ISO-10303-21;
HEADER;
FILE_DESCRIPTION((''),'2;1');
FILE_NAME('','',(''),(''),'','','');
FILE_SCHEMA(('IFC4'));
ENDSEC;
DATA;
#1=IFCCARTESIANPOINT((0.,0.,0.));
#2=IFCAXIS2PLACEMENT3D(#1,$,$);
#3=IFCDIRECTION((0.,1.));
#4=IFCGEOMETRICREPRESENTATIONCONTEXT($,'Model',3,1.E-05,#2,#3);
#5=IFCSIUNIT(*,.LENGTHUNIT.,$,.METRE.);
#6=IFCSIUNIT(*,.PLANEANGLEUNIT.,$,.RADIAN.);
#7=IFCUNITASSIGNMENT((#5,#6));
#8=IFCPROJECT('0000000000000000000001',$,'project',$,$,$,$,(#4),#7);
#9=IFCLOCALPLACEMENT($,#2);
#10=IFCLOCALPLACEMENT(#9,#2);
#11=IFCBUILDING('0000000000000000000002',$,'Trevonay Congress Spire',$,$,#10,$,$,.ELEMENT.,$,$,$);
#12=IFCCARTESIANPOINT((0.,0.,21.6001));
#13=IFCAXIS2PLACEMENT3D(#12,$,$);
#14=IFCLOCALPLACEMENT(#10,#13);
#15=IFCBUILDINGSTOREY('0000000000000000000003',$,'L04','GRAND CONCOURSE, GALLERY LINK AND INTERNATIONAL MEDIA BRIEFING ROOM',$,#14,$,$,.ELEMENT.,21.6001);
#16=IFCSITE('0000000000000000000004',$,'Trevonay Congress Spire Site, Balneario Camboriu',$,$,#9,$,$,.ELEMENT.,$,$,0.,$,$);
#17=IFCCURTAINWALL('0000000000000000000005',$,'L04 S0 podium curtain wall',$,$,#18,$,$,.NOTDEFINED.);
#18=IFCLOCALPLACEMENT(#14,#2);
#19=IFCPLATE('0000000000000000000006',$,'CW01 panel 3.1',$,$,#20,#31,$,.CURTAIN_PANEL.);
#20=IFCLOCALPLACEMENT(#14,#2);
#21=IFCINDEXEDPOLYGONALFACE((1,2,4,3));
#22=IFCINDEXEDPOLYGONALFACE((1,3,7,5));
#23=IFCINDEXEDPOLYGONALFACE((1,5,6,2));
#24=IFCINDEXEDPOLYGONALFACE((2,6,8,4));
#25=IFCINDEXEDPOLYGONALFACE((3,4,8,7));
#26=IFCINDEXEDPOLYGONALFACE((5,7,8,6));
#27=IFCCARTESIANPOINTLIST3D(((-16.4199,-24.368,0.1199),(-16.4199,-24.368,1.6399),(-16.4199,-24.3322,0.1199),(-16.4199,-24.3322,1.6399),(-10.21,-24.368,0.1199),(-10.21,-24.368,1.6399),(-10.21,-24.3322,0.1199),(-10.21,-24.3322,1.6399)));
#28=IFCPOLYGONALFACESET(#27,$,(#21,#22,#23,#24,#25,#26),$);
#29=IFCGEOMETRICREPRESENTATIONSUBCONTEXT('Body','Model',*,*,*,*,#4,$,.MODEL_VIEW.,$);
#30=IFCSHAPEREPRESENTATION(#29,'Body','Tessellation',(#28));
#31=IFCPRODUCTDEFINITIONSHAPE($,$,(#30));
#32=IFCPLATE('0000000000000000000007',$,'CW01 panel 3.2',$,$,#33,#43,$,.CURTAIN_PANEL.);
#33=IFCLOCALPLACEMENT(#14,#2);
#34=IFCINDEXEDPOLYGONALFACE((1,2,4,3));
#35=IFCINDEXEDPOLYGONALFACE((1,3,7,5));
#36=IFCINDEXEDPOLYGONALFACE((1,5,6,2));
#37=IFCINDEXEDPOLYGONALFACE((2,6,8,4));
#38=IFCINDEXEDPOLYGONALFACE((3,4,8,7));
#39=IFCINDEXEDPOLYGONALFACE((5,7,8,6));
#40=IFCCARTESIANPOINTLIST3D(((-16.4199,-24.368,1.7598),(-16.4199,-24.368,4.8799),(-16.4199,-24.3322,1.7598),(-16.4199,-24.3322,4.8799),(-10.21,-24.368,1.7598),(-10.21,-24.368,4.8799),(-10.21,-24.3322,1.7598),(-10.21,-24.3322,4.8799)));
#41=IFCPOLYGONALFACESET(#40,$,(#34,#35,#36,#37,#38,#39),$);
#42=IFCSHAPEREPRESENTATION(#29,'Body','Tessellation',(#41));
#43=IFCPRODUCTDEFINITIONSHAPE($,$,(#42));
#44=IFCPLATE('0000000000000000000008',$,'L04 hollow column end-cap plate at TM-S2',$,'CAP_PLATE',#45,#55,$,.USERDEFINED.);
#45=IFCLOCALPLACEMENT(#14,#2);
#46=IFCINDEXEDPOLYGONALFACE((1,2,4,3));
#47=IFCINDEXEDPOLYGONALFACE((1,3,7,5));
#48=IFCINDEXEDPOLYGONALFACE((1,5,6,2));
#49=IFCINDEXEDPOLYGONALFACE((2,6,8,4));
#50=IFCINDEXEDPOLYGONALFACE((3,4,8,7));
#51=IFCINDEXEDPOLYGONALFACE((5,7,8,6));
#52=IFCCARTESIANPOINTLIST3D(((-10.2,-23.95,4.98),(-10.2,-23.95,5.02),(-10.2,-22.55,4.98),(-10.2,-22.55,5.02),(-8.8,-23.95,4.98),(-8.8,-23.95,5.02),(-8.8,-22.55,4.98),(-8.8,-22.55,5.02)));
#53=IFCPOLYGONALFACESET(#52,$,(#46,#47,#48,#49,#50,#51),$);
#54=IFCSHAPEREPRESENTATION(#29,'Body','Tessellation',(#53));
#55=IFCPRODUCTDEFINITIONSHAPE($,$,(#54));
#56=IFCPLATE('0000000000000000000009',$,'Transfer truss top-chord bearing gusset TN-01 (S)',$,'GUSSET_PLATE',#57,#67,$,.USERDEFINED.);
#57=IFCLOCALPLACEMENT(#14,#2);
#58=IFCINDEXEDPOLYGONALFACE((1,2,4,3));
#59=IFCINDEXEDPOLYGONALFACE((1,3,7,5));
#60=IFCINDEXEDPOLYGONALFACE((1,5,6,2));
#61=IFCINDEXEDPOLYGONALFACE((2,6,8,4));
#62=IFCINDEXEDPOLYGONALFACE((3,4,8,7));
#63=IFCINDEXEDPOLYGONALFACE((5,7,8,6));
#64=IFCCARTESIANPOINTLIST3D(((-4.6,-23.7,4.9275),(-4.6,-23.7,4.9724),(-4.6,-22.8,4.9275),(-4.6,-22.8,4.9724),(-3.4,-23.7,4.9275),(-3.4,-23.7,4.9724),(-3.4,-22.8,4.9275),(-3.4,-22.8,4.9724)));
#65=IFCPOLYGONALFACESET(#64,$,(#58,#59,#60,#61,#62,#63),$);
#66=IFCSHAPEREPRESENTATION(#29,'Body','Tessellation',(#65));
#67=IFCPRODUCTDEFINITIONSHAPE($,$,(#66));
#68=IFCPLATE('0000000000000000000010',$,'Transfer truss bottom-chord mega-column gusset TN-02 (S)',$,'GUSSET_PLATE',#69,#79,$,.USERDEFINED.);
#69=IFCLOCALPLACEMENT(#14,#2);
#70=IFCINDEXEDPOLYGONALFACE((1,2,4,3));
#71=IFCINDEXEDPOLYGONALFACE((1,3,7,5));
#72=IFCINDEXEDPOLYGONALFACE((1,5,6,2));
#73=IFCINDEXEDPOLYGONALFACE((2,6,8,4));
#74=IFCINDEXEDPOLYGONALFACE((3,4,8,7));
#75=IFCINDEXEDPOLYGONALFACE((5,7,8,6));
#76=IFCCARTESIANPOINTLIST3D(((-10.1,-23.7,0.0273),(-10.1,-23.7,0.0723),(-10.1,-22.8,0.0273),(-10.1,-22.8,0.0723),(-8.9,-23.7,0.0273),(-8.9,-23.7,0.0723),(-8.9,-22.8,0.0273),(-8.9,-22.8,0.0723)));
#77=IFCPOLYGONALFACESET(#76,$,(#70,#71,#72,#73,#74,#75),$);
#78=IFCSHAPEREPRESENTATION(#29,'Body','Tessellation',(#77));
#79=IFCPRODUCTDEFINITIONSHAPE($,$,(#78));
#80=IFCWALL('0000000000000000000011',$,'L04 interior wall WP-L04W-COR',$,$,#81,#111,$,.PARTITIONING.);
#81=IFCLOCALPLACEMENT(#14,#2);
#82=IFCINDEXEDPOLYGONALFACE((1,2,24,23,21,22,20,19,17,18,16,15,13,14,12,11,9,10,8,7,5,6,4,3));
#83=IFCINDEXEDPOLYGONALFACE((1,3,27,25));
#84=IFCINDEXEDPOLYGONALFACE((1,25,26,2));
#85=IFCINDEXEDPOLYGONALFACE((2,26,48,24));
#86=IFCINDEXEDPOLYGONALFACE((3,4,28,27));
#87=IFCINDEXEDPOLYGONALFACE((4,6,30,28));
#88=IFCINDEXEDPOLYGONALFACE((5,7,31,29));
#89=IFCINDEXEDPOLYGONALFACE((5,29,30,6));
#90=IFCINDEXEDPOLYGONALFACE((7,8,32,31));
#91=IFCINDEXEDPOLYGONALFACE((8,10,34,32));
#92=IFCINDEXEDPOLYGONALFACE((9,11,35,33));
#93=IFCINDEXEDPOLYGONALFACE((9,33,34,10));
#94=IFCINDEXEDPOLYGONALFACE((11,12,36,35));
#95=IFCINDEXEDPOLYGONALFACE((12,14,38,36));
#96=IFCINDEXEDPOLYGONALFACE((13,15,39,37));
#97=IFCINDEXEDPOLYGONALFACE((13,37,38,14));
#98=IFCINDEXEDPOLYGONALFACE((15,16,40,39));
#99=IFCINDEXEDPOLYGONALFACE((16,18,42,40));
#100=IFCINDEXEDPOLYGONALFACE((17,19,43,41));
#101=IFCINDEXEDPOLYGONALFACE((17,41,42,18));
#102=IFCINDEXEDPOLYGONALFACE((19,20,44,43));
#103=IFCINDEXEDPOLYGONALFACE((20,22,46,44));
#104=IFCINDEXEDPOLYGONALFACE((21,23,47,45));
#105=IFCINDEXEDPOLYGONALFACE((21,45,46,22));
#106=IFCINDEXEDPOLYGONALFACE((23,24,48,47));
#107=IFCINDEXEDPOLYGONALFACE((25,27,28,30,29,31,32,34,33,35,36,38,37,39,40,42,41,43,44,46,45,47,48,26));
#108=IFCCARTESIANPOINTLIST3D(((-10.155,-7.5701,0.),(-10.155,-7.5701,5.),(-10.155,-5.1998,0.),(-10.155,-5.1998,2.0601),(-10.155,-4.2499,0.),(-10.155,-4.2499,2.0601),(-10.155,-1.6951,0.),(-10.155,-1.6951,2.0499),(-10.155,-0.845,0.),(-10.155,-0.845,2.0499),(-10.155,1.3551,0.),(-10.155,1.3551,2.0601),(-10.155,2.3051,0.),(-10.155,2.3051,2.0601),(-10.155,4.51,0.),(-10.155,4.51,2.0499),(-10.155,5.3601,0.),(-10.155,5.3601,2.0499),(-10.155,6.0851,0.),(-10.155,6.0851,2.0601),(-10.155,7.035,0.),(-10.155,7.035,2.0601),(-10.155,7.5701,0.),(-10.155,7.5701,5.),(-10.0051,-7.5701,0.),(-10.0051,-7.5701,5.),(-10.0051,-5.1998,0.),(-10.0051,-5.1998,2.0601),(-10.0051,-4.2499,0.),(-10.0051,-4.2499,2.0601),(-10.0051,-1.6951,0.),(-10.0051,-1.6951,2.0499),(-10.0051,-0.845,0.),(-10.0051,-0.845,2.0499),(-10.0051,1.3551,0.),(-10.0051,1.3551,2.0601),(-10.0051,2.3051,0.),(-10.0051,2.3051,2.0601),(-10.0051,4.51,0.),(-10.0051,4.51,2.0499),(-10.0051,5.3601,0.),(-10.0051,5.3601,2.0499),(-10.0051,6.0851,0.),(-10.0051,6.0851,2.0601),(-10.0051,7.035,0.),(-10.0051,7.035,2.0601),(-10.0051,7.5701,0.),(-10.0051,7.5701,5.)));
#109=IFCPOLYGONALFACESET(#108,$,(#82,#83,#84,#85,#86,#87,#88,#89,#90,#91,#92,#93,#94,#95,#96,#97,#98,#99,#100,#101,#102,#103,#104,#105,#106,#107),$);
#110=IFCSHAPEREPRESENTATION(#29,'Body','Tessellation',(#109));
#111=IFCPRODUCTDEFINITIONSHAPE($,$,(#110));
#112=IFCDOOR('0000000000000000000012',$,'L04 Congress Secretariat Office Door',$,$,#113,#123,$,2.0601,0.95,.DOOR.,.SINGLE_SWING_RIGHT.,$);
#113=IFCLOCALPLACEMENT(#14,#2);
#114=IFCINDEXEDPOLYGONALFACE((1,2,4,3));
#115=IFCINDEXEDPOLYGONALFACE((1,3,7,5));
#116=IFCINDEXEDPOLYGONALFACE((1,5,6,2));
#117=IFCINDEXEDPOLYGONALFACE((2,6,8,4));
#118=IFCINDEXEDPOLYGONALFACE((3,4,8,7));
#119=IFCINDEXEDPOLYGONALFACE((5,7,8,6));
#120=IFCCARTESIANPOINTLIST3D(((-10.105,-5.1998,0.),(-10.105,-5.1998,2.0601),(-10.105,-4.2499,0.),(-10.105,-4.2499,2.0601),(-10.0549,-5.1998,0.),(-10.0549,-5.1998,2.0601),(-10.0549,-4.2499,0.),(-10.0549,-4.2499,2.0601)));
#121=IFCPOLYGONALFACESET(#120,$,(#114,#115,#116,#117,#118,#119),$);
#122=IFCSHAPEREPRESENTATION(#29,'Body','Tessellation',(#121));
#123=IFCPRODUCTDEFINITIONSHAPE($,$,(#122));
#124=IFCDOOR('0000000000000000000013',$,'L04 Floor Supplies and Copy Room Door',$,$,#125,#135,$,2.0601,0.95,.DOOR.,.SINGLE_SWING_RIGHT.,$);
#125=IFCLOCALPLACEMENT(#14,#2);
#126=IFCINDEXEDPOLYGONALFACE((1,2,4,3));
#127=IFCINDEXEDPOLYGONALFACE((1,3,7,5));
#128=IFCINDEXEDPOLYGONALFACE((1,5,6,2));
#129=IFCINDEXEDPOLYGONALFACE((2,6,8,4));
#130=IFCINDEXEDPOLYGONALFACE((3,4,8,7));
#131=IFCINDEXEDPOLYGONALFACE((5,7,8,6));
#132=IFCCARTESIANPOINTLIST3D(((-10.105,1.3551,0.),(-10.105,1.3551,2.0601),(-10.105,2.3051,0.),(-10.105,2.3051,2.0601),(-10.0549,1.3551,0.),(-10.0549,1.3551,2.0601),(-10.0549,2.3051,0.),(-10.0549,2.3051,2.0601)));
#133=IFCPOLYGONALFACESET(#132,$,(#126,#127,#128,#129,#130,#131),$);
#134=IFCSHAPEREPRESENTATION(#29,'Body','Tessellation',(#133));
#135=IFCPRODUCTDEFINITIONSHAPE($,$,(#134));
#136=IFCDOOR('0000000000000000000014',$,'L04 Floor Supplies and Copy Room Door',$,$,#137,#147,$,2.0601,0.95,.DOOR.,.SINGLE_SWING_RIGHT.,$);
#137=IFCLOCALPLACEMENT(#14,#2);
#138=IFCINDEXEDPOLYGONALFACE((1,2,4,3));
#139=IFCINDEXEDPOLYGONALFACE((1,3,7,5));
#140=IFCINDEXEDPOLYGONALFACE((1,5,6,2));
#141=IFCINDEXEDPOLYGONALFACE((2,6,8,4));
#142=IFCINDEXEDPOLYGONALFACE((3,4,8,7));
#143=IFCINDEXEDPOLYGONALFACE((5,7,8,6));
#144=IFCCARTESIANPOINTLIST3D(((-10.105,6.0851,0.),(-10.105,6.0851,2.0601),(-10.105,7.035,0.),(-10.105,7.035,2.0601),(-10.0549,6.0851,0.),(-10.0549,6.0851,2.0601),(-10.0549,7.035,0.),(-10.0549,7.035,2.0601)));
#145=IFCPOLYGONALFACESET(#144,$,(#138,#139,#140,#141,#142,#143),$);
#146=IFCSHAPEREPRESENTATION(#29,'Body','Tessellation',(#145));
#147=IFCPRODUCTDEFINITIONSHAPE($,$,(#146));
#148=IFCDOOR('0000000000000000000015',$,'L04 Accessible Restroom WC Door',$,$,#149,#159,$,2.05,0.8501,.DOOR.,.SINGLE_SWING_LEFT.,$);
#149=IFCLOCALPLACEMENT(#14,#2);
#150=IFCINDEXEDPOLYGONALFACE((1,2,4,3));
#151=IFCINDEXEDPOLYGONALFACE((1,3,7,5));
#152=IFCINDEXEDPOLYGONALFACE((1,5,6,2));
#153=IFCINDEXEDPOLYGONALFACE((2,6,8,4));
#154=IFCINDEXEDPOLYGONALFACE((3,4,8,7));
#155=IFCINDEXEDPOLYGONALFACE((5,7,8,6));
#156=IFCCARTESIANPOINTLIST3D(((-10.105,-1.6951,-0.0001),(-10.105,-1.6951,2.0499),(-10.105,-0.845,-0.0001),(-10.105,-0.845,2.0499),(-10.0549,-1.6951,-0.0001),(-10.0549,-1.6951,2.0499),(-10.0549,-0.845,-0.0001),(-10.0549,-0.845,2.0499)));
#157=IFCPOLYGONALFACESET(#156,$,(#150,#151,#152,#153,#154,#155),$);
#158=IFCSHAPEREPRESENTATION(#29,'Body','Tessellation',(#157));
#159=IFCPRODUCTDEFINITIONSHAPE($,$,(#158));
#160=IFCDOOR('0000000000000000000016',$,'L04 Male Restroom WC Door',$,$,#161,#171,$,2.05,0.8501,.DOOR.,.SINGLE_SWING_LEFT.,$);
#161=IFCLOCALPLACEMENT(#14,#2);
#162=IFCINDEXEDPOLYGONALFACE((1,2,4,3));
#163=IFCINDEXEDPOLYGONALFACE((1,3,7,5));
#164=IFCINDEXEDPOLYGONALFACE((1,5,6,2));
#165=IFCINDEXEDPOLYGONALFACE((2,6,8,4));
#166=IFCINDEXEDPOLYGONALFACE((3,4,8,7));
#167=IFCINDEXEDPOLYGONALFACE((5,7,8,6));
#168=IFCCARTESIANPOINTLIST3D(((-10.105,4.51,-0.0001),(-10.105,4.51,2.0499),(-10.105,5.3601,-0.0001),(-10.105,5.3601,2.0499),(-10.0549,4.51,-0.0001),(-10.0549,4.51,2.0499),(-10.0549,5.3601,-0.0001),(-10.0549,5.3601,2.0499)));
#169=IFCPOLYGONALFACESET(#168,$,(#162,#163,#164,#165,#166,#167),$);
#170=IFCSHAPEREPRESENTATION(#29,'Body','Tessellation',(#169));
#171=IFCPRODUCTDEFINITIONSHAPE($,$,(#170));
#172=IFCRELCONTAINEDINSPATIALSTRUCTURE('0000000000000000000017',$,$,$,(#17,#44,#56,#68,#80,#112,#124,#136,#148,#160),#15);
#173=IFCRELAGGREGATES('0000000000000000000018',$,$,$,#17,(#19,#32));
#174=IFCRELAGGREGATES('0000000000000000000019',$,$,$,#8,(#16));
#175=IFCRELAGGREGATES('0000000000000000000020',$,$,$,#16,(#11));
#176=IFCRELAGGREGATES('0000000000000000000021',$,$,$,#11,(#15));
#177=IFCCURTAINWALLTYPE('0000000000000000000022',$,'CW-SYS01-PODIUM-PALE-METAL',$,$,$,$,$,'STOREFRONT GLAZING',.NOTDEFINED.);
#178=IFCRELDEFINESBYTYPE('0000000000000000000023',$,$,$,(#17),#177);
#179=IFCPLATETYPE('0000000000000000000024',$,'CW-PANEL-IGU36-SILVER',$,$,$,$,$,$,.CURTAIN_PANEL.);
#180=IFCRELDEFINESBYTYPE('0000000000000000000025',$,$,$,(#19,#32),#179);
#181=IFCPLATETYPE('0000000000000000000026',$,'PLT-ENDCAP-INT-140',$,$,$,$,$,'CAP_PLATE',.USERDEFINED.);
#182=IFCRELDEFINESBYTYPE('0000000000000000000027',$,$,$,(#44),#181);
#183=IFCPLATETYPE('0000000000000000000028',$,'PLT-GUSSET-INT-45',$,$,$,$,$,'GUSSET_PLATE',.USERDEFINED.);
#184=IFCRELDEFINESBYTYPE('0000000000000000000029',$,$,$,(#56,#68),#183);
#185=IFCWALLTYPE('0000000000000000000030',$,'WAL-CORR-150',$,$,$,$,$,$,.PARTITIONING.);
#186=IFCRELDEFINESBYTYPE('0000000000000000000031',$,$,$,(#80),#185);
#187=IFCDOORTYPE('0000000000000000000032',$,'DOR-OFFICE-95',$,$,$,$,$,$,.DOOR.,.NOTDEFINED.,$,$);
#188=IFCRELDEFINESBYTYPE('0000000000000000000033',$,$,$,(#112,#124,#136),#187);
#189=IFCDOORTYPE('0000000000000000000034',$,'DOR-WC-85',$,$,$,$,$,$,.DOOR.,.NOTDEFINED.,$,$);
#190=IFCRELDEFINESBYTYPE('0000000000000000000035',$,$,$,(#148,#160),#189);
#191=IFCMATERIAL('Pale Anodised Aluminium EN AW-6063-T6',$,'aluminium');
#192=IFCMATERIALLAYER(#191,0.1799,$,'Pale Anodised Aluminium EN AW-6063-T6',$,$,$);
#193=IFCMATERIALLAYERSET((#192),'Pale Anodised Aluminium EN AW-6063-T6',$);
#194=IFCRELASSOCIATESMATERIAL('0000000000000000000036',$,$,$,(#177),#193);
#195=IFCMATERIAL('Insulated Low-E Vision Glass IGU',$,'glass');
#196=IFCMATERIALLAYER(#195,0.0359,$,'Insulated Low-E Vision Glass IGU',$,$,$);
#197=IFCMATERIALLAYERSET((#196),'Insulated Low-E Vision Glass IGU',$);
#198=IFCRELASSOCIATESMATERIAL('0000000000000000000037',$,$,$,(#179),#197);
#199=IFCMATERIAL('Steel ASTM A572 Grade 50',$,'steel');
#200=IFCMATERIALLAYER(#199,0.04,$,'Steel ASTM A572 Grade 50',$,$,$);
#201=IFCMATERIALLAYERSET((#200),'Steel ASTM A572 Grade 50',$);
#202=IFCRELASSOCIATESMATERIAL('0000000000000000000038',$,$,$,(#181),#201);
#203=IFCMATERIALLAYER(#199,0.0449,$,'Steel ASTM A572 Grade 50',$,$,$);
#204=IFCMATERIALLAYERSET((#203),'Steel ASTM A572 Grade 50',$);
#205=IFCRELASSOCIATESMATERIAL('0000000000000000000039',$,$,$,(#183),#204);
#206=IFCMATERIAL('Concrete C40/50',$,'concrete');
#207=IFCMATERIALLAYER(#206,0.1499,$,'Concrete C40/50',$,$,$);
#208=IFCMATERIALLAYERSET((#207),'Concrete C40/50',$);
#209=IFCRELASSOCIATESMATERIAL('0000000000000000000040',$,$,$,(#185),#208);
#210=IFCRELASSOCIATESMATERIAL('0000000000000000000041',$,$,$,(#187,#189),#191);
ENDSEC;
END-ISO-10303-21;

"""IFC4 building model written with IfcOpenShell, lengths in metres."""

from ifc_helpers import new_model, si_unit, direction, frame, frame_2d, origin, origin_2d, place, context, subcontext, project, spatial, rectangle, extrude, material, layer, layer_set, type_object, element, fill, aggregate, save


model = new_model("IFC4")

# Units and contexts
model_context = context("Model", 3, precision=1e-05, world=origin(), true_north=direction((0.0, 1.0)))
body_context = subcontext(model_context, "Body", "Model", "MODEL_VIEW")
ifc_project = project(units=[si_unit("LENGTHUNIT", "METRE"), si_unit("PLANEANGLEUNIT", "RADIAN")], contexts=[model_context])

# Site, building, storey
site_placement = place(None, origin())
site = spatial("IfcSite", under=ifc_project, at=site_placement, Name="Trevonay Congress Spire Site, Balneario Camboriu", CompositionType="ELEMENT", RefElevation=0.0)
building_placement = place(site_placement, origin())
building = spatial("IfcBuilding", under=site, at=building_placement, Name="Trevonay Congress Spire", CompositionType="ELEMENT")
storey_placement = place(building_placement, frame((0.0, 0.0, 21.6001)))
storey = spatial("IfcBuildingStorey", under=building, at=storey_placement, Name="L04", Description="GRAND CONCOURSE, GALLERY LINK AND INTERNATIONAL MEDIA BRIEFING ROOM", CompositionType="ELEMENT", Elevation=21.6001)

# Shared definitions
ifc_material_1 = material(Name="Steel ASTM A572 Grade 50", Category="steel")

# Curtain wall
ifc_material_2 = material(Name="Pale Anodised Aluminium EN AW-6063-T6", Category="aluminium")
ifc_layer_1 = layer(ifc_material_2, 0.1799, Name="Pale Anodised Aluminium EN AW-6063-T6")
ifc_layer_set_1 = layer_set([ifc_layer_1], Name="Pale Anodised Aluminium EN AW-6063-T6")
curtain_wall_type = type_object("IfcCurtainWallType", Name="CW-SYS01-PODIUM-PALE-METAL", ElementType="STOREFRONT GLAZING", PredefinedType="NOTDEFINED", material=ifc_layer_set_1)
curtain_wall_placement = place(storey_placement, origin())
curtain_wall = element("IfcCurtainWall", 1, at=curtain_wall_placement, inside=storey, type_object=curtain_wall_type, Name="L04 S0 podium curtain wall", PredefinedType="NOTDEFINED")

# Plates
ifc_material_3 = material(Name="Insulated Low-E Vision Glass IGU", Category="glass")
ifc_layer_2 = layer(ifc_material_3, 0.0359, Name="Insulated Low-E Vision Glass IGU")
ifc_layer_set_2 = layer_set([ifc_layer_2], Name="Insulated Low-E Vision Glass IGU")
plate_type_1 = type_object("IfcPlateType", Name="CW-PANEL-IGU36-SILVER", PredefinedType="CURTAIN_PANEL", material=ifc_layer_set_2)
plate_1_placement = place(storey_placement, frame((-13.3149, -24.3501, 0.1199), z_axis=(0.0, 0.0, 1.0), x_axis=(1.0, 0.0, 0.0)))
plate_1 = element("IfcPlate", 2, at=plate_1_placement, type_object=plate_type_1, Name="CW01 panel 3.1", PredefinedType="CURTAIN_PANEL", context=body_context, shape_type="SweptSolid", body=[
    extrude(rectangle(XDim=6.21, YDim=0.0359, at=origin_2d()), origin(), (0.0, 0.0, 1.0), 1.52),
])
plate_2_placement = place(storey_placement, frame((-13.3149, -24.3501, 1.7598), z_axis=(0.0, 0.0, 1.0), x_axis=(1.0, 0.0, 0.0)))
plate_2 = element("IfcPlate", 3, at=plate_2_placement, type_object=plate_type_1, Name="CW01 panel 3.2", PredefinedType="CURTAIN_PANEL", context=body_context, shape_type="SweptSolid", body=[
    extrude(rectangle(XDim=6.21, YDim=0.0359, at=origin_2d()), origin(), (0.0, 0.0, 1.0), 3.1201),
])
aggregate(curtain_wall, [plate_1, plate_2])

# Plates
ifc_layer_3 = layer(ifc_material_1, 0.04, Name="Steel ASTM A572 Grade 50")
ifc_layer_set_3 = layer_set([ifc_layer_3], Name="Steel ASTM A572 Grade 50")
plate_type_2 = type_object("IfcPlateType", Name="PLT-ENDCAP-INT-140", ElementType="CAP_PLATE", PredefinedType="USERDEFINED", material=ifc_layer_set_3)
plate_3_placement = place(storey_placement, frame((-9.5, -23.25, 4.98), z_axis=(0.0, 0.0, 1.0), x_axis=(1.0, 0.0, 0.0)))
element("IfcPlate", 4, at=plate_3_placement, inside=storey, type_object=plate_type_2, Name="L04 hollow column end-cap plate at TM-S2", ObjectType="CAP_PLATE", PredefinedType="USERDEFINED", context=body_context, shape_type="SweptSolid", body=[
    extrude(rectangle(XDim=1.3999, YDim=1.3999, at=origin_2d()), origin(), (0.0, 0.0, 1.0), 0.04),
])
ifc_layer_4 = layer(ifc_material_1, 0.0449, Name="Steel ASTM A572 Grade 50")
ifc_layer_set_4 = layer_set([ifc_layer_4], Name="Steel ASTM A572 Grade 50")
plate_type_3 = type_object("IfcPlateType", Name="PLT-GUSSET-INT-45", ElementType="GUSSET_PLATE", PredefinedType="USERDEFINED", material=ifc_layer_set_4)
for number, where, z_axis, x_axis, name in (
    (5, (-4.0, -23.25, 4.9275), (0.0, 0.0, 1.0), (1.0, 0.0, 0.0), "Transfer truss top-chord bearing gusset TN-01 (S)"),
    (6, (-9.5, -23.25, 0.0273), (0.0, 0.0, 1.0), (1.0, 0.0, 0.0), "Transfer truss bottom-chord mega-column gusset TN-02 (S)"),
):
    element("IfcPlate", number, at=place(storey_placement, frame(where, z_axis=z_axis, x_axis=x_axis)), inside=storey, type_object=plate_type_3, Name=name, ObjectType="GUSSET_PLATE", PredefinedType="USERDEFINED", context=body_context, shape_type="SweptSolid", body=[
        extrude(rectangle(XDim=1.2, YDim=0.8999, at=origin_2d()), origin(), (0.0, 0.0, 1.0), 0.0449),
    ])

# Wall, openings, doors
ifc_material_4 = material(Name="Concrete C40/50", Category="concrete")
ifc_layer_5 = layer(ifc_material_4, 0.1499, Name="Concrete C40/50")
ifc_layer_set_5 = layer_set([ifc_layer_5], Name="Concrete C40/50")
wall_type_1 = type_object("IfcWallType", Name="WAL-CORR-150", PredefinedType="PARTITIONING", material=ifc_layer_set_5)
wall_1_placement = place(storey_placement, frame((-10.0801, -7.5701, 0.0), z_axis=(0.0, 0.0, 1.0), x_axis=(0.0, 1.0, 0.0)))
wall_1 = element("IfcWall", 7, at=wall_1_placement, inside=storey, type_object=wall_type_1, Name="L04 interior wall WP-L04W-COR", PredefinedType="PARTITIONING", context=body_context, shape_type="SweptSolid", body=[
    extrude(rectangle(XDim=15.1401, YDim=0.1499, at=frame_2d((7.5701, 0.0))), origin(), (0.0, 0.0, 1.0), 5.0),
])
opening_1_placement = place(wall_1_placement, frame((2.3701, 0.0, 0.0)))
opening_1 = element("IfcOpeningElement", 8, at=opening_1_placement, cuts=wall_1, PredefinedType="OPENING", context=body_context, shape_type="SweptSolid", body=[
    extrude(rectangle(XDim=0.95, YDim=2.0601, at=frame_2d((0.4751, 1.03))), frame((0.0, 0.085, 0.0), z_axis=(0.0, -1.0, 0.0), x_axis=(1.0, 0.0, 0.0)), (0.0, 0.0, 1.0), 0.1699),
])
opening_2_placement = place(wall_1_placement, frame((5.875, 0.0, 0.0)))
opening_2 = element("IfcOpeningElement", 9, at=opening_2_placement, cuts=wall_1, PredefinedType="OPENING", context=body_context, shape_type="SweptSolid", body=[
    extrude(rectangle(XDim=0.8501, YDim=2.05, at=frame_2d((0.425, 1.0249))), frame((0.0, 0.085, 0.0), z_axis=(0.0, -1.0, 0.0), x_axis=(1.0, 0.0, 0.0)), (0.0, 0.0, 1.0), 0.1699),
])
opening_3_placement = place(wall_1_placement, frame((8.925, 0.0, 0.0)))
opening_3 = element("IfcOpeningElement", 10, at=opening_3_placement, cuts=wall_1, PredefinedType="OPENING", context=body_context, shape_type="SweptSolid", body=[
    extrude(rectangle(XDim=0.95, YDim=2.0601, at=frame_2d((0.4751, 1.03))), frame((0.0, 0.085, 0.0), z_axis=(0.0, -1.0, 0.0), x_axis=(1.0, 0.0, 0.0)), (0.0, 0.0, 1.0), 0.1699),
])
opening_4_placement = place(wall_1_placement, frame((12.0801, 0.0, 0.0)))
opening_4 = element("IfcOpeningElement", 11, at=opening_4_placement, cuts=wall_1, PredefinedType="OPENING", context=body_context, shape_type="SweptSolid", body=[
    extrude(rectangle(XDim=0.8501, YDim=2.05, at=frame_2d((0.425, 1.0249))), frame((0.0, 0.085, 0.0), z_axis=(0.0, -1.0, 0.0), x_axis=(1.0, 0.0, 0.0)), (0.0, 0.0, 1.0), 0.1699),
])
opening_5_placement = place(wall_1_placement, frame((13.655, 0.0, 0.0)))
opening_5 = element("IfcOpeningElement", 12, at=opening_5_placement, cuts=wall_1, PredefinedType="OPENING", context=body_context, shape_type="SweptSolid", body=[
    extrude(rectangle(XDim=0.95, YDim=2.0601, at=frame_2d((0.4751, 1.03))), frame((0.0, 0.085, 0.0), z_axis=(0.0, -1.0, 0.0), x_axis=(1.0, 0.0, 0.0)), (0.0, 0.0, 1.0), 0.1699),
])
door_type_1 = type_object("IfcDoorType", Name="DOR-OFFICE-95", OperationType="NOTDEFINED", PredefinedType="DOOR", material=ifc_material_2)
door_1_placement = place(opening_1_placement, origin())
door_1 = element("IfcDoor", 13, at=door_1_placement, inside=storey, type_object=door_type_1, Name="L04 Congress Secretariat Office Door", OperationType="SINGLE_SWING_RIGHT", OverallHeight=2.0601, OverallWidth=0.95, PredefinedType="DOOR", context=body_context, shape_type="SweptSolid", body=[
    extrude(rectangle(XDim=0.95, YDim=2.0601, at=frame_2d((0.4751, 1.03))), frame((0.0, 0.0249, 0.0), z_axis=(0.0, -1.0, 0.0), x_axis=(1.0, 0.0, 0.0)), (0.0, 0.0, 1.0), 0.05),
])
fill(opening_1, door_1)
door_2_placement = place(opening_3_placement, origin())
door_2 = element("IfcDoor", 14, at=door_2_placement, inside=storey, type_object=door_type_1, Name="L04 Floor Supplies and Copy Room Door", OperationType="SINGLE_SWING_RIGHT", OverallHeight=2.0601, OverallWidth=0.95, PredefinedType="DOOR", context=body_context, shape_type="SweptSolid", body=[
    extrude(rectangle(XDim=0.95, YDim=2.0601, at=frame_2d((0.4751, 1.03))), frame((0.0, 0.0249, 0.0), z_axis=(0.0, -1.0, 0.0), x_axis=(1.0, 0.0, 0.0)), (0.0, 0.0, 1.0), 0.05),
])
fill(opening_3, door_2)
door_3_placement = place(opening_5_placement, origin())
door_3 = element("IfcDoor", 15, at=door_3_placement, inside=storey, type_object=door_type_1, Name="L04 Floor Supplies and Copy Room Door", OperationType="SINGLE_SWING_RIGHT", OverallHeight=2.0601, OverallWidth=0.95, PredefinedType="DOOR", context=body_context, shape_type="SweptSolid", body=[
    extrude(rectangle(XDim=0.95, YDim=2.0601, at=frame_2d((0.4751, 1.03))), frame((0.0, 0.0249, 0.0), z_axis=(0.0, -1.0, 0.0), x_axis=(1.0, 0.0, 0.0)), (0.0, 0.0, 1.0), 0.05),
])
fill(opening_5, door_3)
door_type_2 = type_object("IfcDoorType", Name="DOR-WC-85", OperationType="NOTDEFINED", PredefinedType="DOOR", material=ifc_material_2)
door_4_placement = place(opening_2_placement, origin())
door_4 = element("IfcDoor", 16, at=door_4_placement, inside=storey, type_object=door_type_2, Name="L04 Accessible Restroom WC Door", OperationType="SINGLE_SWING_LEFT", OverallHeight=2.05, OverallWidth=0.8501, PredefinedType="DOOR", context=body_context, shape_type="SweptSolid", body=[
    extrude(rectangle(XDim=0.8501, YDim=2.05, at=frame_2d((0.425, 1.0249))), frame((0.0, 0.0249, 0.0), z_axis=(0.0, -1.0, 0.0), x_axis=(1.0, 0.0, 0.0)), (0.0, 0.0, 1.0), 0.05),
])
fill(opening_2, door_4)
door_5_placement = place(opening_4_placement, origin())
door_5 = element("IfcDoor", 17, at=door_5_placement, inside=storey, type_object=door_type_2, Name="L04 Male Restroom WC Door", OperationType="SINGLE_SWING_LEFT", OverallHeight=2.05, OverallWidth=0.8501, PredefinedType="DOOR", context=body_context, shape_type="SweptSolid", body=[
    extrude(rectangle(XDim=0.8501, YDim=2.05, at=frame_2d((0.425, 1.0249))), frame((0.0, 0.0249, 0.0), z_axis=(0.0, -1.0, 0.0), x_axis=(1.0, 0.0, 0.0)), (0.0, 0.0, 1.0), 0.05),
])
fill(opening_4, door_5)

save(model, "model.ifc")
